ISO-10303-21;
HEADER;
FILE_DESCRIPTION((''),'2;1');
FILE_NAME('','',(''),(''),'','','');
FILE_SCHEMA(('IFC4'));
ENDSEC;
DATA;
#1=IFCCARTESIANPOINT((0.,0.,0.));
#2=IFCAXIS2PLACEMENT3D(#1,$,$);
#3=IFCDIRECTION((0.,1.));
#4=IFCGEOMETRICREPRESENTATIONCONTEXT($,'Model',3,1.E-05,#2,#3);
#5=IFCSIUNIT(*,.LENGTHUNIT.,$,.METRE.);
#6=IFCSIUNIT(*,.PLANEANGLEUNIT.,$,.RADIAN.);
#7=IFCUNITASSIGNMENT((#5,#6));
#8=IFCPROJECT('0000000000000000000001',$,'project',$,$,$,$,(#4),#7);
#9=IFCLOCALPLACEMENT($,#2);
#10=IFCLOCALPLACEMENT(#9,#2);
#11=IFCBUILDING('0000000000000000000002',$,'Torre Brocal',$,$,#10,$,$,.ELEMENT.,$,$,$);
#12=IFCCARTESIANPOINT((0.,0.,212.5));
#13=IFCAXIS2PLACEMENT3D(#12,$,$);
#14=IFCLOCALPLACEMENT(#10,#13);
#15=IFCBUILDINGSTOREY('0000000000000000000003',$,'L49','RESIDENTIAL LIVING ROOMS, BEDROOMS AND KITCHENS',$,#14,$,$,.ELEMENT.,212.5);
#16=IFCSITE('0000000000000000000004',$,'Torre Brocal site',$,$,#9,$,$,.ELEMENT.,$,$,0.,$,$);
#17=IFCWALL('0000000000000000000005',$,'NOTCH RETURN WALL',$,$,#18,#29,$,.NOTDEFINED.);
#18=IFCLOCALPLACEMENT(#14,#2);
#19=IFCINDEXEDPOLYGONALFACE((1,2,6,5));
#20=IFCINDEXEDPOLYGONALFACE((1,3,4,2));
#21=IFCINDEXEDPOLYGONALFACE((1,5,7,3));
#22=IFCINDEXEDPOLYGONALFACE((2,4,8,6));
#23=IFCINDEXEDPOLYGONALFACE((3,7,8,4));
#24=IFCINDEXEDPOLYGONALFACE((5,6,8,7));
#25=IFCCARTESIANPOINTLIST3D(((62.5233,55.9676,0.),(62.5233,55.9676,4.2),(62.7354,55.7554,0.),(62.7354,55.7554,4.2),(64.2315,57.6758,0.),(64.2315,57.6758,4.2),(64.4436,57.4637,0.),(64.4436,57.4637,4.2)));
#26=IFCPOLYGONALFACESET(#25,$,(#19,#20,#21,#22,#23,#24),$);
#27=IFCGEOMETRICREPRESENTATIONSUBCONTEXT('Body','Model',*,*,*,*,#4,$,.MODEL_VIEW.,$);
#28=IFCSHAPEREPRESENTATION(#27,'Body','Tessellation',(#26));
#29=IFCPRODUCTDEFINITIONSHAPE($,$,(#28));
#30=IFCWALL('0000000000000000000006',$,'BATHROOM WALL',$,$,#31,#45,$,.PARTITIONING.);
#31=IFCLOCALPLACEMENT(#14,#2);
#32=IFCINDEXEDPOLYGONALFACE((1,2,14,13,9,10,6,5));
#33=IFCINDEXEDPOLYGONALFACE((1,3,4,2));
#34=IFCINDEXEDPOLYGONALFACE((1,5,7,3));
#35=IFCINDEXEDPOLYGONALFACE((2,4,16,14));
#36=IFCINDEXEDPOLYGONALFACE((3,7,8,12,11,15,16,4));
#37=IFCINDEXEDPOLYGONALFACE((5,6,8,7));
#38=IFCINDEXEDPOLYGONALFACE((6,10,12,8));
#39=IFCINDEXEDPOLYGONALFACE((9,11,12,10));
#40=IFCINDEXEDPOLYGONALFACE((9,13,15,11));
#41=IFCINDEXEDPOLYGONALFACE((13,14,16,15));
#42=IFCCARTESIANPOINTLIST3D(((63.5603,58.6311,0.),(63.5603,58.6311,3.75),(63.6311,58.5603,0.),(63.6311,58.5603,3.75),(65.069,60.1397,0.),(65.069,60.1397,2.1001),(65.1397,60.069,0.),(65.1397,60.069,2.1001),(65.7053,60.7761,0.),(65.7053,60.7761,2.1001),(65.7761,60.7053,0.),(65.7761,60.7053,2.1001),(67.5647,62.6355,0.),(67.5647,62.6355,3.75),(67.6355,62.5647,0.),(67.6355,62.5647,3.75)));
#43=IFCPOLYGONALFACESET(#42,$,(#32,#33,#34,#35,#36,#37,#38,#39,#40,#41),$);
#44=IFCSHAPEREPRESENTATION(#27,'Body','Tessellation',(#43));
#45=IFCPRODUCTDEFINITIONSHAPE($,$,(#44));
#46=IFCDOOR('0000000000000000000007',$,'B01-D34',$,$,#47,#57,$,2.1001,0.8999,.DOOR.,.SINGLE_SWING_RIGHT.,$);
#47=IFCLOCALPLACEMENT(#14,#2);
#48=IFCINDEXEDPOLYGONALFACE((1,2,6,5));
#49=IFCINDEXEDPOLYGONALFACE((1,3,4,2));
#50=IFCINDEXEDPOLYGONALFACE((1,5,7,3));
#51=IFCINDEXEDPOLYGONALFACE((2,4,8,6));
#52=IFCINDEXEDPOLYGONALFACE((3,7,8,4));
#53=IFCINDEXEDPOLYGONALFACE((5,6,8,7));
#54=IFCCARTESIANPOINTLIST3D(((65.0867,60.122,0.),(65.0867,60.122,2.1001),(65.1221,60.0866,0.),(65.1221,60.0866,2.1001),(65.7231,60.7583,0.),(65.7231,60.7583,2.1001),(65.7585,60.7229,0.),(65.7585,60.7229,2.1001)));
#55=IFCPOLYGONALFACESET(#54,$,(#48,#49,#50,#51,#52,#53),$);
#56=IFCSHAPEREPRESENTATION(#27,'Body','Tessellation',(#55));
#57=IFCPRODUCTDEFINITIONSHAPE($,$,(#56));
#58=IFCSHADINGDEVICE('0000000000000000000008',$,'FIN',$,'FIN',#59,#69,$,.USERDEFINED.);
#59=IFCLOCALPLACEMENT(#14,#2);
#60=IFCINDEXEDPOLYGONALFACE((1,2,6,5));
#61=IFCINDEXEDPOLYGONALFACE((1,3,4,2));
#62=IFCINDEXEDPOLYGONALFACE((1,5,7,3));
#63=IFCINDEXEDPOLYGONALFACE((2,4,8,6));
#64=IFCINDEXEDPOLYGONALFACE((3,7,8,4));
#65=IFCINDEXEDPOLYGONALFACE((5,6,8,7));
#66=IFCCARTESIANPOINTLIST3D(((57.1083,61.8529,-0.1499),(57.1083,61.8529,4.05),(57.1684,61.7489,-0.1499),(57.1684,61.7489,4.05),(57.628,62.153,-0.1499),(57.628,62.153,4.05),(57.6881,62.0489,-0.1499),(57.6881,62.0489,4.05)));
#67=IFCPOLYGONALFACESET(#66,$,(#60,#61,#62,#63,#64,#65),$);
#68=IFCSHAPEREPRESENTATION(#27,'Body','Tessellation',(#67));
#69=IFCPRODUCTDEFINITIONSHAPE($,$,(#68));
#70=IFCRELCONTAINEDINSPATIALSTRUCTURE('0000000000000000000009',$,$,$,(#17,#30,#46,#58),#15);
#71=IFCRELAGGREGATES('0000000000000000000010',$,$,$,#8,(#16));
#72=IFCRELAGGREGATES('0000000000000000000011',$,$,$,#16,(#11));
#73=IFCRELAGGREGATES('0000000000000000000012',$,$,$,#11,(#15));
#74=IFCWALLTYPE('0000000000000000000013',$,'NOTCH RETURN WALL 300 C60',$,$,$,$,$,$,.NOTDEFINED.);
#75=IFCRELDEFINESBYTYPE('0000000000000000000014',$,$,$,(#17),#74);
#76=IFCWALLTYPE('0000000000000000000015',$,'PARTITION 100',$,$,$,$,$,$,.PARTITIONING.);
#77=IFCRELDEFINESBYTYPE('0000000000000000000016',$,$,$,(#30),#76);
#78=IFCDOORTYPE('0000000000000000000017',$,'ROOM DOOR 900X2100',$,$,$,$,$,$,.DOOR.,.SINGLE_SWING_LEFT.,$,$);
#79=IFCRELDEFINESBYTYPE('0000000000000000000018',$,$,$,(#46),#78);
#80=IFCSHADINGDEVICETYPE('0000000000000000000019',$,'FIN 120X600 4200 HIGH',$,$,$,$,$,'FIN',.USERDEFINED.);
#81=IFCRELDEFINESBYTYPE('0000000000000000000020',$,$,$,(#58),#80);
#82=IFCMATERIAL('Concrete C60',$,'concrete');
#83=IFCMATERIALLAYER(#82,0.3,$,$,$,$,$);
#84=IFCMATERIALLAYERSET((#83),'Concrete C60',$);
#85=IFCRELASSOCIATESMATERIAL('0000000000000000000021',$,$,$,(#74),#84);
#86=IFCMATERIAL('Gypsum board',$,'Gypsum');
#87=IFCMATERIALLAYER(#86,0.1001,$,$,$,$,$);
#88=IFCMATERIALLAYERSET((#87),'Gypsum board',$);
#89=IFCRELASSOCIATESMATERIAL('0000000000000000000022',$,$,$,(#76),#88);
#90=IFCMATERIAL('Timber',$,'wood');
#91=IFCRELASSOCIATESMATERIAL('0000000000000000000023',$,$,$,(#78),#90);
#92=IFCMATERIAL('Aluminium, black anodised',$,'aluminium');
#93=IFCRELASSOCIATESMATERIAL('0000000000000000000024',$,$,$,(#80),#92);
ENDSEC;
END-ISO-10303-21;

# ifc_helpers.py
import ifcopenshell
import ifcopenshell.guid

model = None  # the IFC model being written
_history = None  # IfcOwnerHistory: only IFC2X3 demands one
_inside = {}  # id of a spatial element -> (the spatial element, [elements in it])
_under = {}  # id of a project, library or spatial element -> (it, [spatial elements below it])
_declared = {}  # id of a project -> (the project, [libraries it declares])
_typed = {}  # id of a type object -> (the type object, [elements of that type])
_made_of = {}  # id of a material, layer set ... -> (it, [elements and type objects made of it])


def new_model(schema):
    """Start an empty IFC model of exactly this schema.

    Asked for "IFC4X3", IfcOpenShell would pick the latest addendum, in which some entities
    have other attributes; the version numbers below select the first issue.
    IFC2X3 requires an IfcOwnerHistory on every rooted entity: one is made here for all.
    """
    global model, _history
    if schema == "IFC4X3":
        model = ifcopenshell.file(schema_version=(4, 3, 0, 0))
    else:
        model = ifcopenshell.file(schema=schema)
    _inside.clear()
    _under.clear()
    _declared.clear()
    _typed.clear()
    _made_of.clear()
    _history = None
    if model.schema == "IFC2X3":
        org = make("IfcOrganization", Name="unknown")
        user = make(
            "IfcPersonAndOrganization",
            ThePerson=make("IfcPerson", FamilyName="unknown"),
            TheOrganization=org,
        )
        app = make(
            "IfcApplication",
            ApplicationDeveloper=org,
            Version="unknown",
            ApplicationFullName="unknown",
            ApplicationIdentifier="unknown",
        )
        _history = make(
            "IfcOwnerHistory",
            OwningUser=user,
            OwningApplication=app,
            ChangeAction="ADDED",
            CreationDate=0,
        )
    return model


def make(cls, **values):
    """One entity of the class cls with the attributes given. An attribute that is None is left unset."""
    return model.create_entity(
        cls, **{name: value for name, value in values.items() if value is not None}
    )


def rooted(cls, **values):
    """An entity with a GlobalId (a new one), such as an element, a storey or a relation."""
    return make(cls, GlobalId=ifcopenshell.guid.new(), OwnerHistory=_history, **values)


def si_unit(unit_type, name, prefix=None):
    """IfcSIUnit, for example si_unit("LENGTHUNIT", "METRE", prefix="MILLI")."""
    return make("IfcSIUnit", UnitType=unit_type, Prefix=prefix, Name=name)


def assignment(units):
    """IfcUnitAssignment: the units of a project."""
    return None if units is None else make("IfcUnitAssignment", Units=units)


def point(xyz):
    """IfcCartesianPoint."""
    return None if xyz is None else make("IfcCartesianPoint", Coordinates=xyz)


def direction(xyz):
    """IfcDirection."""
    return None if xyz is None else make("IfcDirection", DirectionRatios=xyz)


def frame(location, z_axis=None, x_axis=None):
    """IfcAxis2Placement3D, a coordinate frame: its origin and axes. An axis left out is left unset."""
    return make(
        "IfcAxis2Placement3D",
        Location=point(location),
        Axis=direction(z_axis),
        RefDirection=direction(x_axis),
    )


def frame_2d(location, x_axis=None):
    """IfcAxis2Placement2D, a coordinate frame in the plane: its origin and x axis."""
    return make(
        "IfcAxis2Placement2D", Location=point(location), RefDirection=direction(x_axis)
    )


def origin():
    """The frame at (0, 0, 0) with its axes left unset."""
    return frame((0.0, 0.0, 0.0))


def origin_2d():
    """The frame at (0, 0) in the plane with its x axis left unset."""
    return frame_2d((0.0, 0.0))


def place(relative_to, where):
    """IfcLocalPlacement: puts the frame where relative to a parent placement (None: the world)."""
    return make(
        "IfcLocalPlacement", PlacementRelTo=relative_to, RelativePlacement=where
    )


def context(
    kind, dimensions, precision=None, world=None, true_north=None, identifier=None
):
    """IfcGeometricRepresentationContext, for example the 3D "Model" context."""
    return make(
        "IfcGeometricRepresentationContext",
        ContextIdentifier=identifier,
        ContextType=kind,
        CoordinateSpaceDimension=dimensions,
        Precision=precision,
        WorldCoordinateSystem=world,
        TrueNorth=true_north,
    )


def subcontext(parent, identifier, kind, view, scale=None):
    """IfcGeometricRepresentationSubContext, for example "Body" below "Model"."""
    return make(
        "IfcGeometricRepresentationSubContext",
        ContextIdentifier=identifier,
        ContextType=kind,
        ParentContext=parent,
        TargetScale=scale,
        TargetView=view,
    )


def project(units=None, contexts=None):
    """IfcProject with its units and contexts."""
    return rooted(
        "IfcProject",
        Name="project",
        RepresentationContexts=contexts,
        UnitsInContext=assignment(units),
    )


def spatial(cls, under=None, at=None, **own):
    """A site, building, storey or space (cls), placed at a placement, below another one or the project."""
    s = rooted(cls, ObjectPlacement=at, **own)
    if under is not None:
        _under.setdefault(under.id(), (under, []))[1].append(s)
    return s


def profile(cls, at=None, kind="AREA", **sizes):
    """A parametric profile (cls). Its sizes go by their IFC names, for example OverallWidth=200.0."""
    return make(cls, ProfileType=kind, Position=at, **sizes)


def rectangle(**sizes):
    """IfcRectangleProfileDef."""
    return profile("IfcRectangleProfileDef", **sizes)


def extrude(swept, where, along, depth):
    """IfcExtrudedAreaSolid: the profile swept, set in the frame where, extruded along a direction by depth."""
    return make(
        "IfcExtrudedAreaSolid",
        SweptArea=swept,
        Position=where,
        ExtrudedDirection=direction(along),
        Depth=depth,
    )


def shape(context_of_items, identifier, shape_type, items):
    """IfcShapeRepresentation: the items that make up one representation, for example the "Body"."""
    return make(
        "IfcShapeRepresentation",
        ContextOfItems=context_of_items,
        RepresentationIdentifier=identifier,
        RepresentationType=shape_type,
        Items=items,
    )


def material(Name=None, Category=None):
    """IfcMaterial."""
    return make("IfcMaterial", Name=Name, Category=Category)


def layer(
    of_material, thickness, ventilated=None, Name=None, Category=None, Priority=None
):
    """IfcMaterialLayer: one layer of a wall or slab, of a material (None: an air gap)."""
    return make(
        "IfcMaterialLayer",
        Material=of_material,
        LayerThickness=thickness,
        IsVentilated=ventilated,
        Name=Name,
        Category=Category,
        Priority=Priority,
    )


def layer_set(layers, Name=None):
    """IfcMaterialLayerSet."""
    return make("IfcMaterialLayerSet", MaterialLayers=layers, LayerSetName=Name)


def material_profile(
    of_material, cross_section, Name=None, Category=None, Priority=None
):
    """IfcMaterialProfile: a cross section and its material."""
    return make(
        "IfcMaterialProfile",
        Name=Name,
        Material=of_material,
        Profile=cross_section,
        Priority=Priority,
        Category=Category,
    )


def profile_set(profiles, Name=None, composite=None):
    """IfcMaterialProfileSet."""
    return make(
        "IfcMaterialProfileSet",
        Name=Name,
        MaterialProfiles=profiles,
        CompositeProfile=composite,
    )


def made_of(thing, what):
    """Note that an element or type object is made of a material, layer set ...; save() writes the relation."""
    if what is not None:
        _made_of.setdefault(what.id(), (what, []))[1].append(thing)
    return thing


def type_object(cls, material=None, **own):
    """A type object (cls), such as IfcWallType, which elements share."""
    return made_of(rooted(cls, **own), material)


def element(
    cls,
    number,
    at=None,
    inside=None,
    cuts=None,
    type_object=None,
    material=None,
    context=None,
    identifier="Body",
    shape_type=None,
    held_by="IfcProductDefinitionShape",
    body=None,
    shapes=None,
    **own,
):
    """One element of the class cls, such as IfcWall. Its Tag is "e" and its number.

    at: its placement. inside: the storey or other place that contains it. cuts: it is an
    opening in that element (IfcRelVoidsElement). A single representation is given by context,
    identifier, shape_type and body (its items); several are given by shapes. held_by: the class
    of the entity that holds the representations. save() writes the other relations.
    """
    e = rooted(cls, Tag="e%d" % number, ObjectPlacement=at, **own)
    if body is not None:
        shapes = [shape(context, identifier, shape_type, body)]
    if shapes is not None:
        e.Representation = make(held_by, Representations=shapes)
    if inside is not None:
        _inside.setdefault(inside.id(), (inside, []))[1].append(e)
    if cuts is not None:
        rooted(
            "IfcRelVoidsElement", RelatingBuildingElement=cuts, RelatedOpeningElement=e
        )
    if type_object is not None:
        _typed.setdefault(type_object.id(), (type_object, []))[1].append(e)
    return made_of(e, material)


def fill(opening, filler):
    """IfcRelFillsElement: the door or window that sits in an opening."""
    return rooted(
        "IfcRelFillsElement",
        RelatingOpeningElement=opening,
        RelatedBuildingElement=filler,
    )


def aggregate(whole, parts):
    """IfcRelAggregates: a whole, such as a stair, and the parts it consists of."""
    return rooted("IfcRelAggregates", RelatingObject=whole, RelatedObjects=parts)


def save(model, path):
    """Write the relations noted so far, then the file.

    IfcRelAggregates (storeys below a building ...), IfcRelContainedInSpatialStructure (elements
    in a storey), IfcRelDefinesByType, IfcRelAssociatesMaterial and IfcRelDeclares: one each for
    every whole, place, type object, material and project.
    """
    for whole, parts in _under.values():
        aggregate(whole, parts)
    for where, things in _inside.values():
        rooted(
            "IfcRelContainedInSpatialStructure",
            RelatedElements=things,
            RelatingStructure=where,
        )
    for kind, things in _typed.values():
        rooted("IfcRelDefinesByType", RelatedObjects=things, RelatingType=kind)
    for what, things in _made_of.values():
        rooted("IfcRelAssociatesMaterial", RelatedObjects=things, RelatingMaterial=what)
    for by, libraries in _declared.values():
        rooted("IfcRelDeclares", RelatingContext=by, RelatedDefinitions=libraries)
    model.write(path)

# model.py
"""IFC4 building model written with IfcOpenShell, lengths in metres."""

from ifc_helpers import new_model, si_unit, direction, frame, frame_2d, origin, origin_2d, place, context, subcontext, project, spatial, rectangle, extrude, material, layer, layer_set, material_profile, profile_set, type_object, element, fill, save


model = new_model("IFC4")

# Units and contexts
model_context = context("Model", 3, precision=1e-05, world=origin(), true_north=direction((0.0, 1.0)))
body_context = subcontext(model_context, "Body", "Model", "MODEL_VIEW")
ifc_project = project(units=[si_unit("LENGTHUNIT", "METRE"), si_unit("PLANEANGLEUNIT", "RADIAN")], contexts=[model_context])

# Site, building, storey
site_placement = place(None, origin())
site = spatial("IfcSite", under=ifc_project, at=site_placement, Name="Torre Brocal site", CompositionType="ELEMENT", RefElevation=0.0)
building_placement = place(site_placement, origin())
building = spatial("IfcBuilding", under=site, at=building_placement, Name="Torre Brocal", CompositionType="ELEMENT")
storey_placement = place(building_placement, frame((0.0, 0.0, 212.5)))
storey = spatial("IfcBuildingStorey", under=building, at=storey_placement, Name="L49", Description="RESIDENTIAL LIVING ROOMS, BEDROOMS AND KITCHENS", CompositionType="ELEMENT", Elevation=212.5)

# Wall
ifc_material_1 = material(Name="Concrete C60", Category="concrete")
ifc_layer_1 = layer(ifc_material_1, 0.3)
ifc_layer_set_1 = layer_set([ifc_layer_1], Name="Concrete C60")
wall_type_1 = type_object("IfcWallType", Name="NOTCH RETURN WALL 300 C60", PredefinedType="NOTDEFINED", material=ifc_layer_set_1)
for number, where, z_axis, x_axis, name in (
    (1, (64.3376, 57.5698, 0.0), (0.0, 0.0, 1.0), (-0.707107, -0.707107, 0.0), "NOTCH RETURN WALL"),
):
    element("IfcWall", number, at=place(storey_placement, frame(where, z_axis=z_axis, x_axis=x_axis)), inside=storey, type_object=wall_type_1, Name=name, PredefinedType="NOTDEFINED", context=body_context, shape_type="SweptSolid", body=[
        extrude(rectangle(XDim=2.4158, YDim=0.3, at=frame_2d((1.208, 0.0))), origin(), (0.0, 0.0, 1.0), 4.2),
    ])

# Wall, opening, door
ifc_material_2 = material(Name="Gypsum board", Category="Gypsum")
ifc_layer_2 = layer(ifc_material_2, 0.1001)
ifc_layer_set_2 = layer_set([ifc_layer_2], Name="Gypsum board")
wall_type_2 = type_object("IfcWallType", Name="PARTITION 100", PredefinedType="PARTITIONING", material=ifc_layer_set_2)
wall_placement = place(storey_placement, frame((63.5957, 58.5957, 0.0), z_axis=(0.0, 0.0, 1.0), x_axis=(0.707107, 0.707107, 0.0)))
wall = element("IfcWall", 2, at=wall_placement, inside=storey, type_object=wall_type_2, Name="BATHROOM WALL", PredefinedType="PARTITIONING", context=body_context, shape_type="SweptSolid", body=[
    extrude(rectangle(XDim=5.6631, YDim=0.1001, at=frame_2d((2.8315, 0.0))), origin(), (0.0, 0.0, 1.0), 3.75),
])
opening_placement = place(wall_placement, frame((2.1335, 0.0, 0.0)))
opening = element("IfcOpeningElement", 3, at=opening_placement, cuts=wall, PredefinedType="OPENING", context=body_context, shape_type="SweptSolid", body=[
    extrude(rectangle(XDim=0.8999, YDim=2.1001, at=frame_2d((0.45, 1.05))), frame((0.0, 0.0601, 0.0), z_axis=(0.0, -1.0, 0.0), x_axis=(1.0, 0.0, 0.0)), (0.0, 0.0, 1.0), 0.1201),
])
ifc_material_3 = material(Name="Timber", Category="wood")
door_type = type_object("IfcDoorType", Name="ROOM DOOR 900X2100", OperationType="SINGLE_SWING_LEFT", PredefinedType="DOOR", material=ifc_material_3)
door_placement = place(opening_placement, origin())
door = element("IfcDoor", 4, at=door_placement, inside=storey, type_object=door_type, Name="B01-D34", OperationType="SINGLE_SWING_RIGHT", OverallHeight=2.1001, OverallWidth=0.8999, PredefinedType="DOOR", context=body_context, shape_type="SweptSolid", body=[
    extrude(rectangle(XDim=0.8999, YDim=2.1001, at=frame_2d((0.45, 1.05))), frame((0.0, 0.0249, 0.0), z_axis=(0.0, -1.0, 0.0), x_axis=(1.0, 0.0, 0.0)), (0.0, 0.0, 1.0), 0.05),
])
fill(opening, door)

# Shading device
ifc_material_4 = material(Name="Aluminium, black anodised", Category="aluminium")
ifc_material_profile_1 = material_profile(ifc_material_4, rectangle(XDim=0.1201, YDim=0.6001, at=origin_2d()), Name="FIN 120X600 4200 HIGH")
ifc_profile_set_1 = profile_set([ifc_material_profile_1], Name="Aluminium, black anodised")
shading_device_type = type_object("IfcShadingDeviceType", Name="FIN 120X600 4200 HIGH", ElementType="FIN", PredefinedType="USERDEFINED", material=ifc_profile_set_1)
shading_device_placement = place(storey_placement, frame((57.3982, 61.9509, -0.1499), z_axis=(0.0, 0.0, 1.0), x_axis=(0.5, -0.866025, 0.0)))
element("IfcShadingDevice", 5, at=shading_device_placement, inside=storey, type_object=shading_device_type, Name="FIN", ObjectType="FIN", PredefinedType="USERDEFINED", context=body_context, shape_type="SweptSolid", body=[
    extrude(rectangle(XDim=0.1201, YDim=0.6001, at=origin_2d()), origin(), (0.0, 0.0, 1.0), 4.2),
])

save(model, "model.ifc")
